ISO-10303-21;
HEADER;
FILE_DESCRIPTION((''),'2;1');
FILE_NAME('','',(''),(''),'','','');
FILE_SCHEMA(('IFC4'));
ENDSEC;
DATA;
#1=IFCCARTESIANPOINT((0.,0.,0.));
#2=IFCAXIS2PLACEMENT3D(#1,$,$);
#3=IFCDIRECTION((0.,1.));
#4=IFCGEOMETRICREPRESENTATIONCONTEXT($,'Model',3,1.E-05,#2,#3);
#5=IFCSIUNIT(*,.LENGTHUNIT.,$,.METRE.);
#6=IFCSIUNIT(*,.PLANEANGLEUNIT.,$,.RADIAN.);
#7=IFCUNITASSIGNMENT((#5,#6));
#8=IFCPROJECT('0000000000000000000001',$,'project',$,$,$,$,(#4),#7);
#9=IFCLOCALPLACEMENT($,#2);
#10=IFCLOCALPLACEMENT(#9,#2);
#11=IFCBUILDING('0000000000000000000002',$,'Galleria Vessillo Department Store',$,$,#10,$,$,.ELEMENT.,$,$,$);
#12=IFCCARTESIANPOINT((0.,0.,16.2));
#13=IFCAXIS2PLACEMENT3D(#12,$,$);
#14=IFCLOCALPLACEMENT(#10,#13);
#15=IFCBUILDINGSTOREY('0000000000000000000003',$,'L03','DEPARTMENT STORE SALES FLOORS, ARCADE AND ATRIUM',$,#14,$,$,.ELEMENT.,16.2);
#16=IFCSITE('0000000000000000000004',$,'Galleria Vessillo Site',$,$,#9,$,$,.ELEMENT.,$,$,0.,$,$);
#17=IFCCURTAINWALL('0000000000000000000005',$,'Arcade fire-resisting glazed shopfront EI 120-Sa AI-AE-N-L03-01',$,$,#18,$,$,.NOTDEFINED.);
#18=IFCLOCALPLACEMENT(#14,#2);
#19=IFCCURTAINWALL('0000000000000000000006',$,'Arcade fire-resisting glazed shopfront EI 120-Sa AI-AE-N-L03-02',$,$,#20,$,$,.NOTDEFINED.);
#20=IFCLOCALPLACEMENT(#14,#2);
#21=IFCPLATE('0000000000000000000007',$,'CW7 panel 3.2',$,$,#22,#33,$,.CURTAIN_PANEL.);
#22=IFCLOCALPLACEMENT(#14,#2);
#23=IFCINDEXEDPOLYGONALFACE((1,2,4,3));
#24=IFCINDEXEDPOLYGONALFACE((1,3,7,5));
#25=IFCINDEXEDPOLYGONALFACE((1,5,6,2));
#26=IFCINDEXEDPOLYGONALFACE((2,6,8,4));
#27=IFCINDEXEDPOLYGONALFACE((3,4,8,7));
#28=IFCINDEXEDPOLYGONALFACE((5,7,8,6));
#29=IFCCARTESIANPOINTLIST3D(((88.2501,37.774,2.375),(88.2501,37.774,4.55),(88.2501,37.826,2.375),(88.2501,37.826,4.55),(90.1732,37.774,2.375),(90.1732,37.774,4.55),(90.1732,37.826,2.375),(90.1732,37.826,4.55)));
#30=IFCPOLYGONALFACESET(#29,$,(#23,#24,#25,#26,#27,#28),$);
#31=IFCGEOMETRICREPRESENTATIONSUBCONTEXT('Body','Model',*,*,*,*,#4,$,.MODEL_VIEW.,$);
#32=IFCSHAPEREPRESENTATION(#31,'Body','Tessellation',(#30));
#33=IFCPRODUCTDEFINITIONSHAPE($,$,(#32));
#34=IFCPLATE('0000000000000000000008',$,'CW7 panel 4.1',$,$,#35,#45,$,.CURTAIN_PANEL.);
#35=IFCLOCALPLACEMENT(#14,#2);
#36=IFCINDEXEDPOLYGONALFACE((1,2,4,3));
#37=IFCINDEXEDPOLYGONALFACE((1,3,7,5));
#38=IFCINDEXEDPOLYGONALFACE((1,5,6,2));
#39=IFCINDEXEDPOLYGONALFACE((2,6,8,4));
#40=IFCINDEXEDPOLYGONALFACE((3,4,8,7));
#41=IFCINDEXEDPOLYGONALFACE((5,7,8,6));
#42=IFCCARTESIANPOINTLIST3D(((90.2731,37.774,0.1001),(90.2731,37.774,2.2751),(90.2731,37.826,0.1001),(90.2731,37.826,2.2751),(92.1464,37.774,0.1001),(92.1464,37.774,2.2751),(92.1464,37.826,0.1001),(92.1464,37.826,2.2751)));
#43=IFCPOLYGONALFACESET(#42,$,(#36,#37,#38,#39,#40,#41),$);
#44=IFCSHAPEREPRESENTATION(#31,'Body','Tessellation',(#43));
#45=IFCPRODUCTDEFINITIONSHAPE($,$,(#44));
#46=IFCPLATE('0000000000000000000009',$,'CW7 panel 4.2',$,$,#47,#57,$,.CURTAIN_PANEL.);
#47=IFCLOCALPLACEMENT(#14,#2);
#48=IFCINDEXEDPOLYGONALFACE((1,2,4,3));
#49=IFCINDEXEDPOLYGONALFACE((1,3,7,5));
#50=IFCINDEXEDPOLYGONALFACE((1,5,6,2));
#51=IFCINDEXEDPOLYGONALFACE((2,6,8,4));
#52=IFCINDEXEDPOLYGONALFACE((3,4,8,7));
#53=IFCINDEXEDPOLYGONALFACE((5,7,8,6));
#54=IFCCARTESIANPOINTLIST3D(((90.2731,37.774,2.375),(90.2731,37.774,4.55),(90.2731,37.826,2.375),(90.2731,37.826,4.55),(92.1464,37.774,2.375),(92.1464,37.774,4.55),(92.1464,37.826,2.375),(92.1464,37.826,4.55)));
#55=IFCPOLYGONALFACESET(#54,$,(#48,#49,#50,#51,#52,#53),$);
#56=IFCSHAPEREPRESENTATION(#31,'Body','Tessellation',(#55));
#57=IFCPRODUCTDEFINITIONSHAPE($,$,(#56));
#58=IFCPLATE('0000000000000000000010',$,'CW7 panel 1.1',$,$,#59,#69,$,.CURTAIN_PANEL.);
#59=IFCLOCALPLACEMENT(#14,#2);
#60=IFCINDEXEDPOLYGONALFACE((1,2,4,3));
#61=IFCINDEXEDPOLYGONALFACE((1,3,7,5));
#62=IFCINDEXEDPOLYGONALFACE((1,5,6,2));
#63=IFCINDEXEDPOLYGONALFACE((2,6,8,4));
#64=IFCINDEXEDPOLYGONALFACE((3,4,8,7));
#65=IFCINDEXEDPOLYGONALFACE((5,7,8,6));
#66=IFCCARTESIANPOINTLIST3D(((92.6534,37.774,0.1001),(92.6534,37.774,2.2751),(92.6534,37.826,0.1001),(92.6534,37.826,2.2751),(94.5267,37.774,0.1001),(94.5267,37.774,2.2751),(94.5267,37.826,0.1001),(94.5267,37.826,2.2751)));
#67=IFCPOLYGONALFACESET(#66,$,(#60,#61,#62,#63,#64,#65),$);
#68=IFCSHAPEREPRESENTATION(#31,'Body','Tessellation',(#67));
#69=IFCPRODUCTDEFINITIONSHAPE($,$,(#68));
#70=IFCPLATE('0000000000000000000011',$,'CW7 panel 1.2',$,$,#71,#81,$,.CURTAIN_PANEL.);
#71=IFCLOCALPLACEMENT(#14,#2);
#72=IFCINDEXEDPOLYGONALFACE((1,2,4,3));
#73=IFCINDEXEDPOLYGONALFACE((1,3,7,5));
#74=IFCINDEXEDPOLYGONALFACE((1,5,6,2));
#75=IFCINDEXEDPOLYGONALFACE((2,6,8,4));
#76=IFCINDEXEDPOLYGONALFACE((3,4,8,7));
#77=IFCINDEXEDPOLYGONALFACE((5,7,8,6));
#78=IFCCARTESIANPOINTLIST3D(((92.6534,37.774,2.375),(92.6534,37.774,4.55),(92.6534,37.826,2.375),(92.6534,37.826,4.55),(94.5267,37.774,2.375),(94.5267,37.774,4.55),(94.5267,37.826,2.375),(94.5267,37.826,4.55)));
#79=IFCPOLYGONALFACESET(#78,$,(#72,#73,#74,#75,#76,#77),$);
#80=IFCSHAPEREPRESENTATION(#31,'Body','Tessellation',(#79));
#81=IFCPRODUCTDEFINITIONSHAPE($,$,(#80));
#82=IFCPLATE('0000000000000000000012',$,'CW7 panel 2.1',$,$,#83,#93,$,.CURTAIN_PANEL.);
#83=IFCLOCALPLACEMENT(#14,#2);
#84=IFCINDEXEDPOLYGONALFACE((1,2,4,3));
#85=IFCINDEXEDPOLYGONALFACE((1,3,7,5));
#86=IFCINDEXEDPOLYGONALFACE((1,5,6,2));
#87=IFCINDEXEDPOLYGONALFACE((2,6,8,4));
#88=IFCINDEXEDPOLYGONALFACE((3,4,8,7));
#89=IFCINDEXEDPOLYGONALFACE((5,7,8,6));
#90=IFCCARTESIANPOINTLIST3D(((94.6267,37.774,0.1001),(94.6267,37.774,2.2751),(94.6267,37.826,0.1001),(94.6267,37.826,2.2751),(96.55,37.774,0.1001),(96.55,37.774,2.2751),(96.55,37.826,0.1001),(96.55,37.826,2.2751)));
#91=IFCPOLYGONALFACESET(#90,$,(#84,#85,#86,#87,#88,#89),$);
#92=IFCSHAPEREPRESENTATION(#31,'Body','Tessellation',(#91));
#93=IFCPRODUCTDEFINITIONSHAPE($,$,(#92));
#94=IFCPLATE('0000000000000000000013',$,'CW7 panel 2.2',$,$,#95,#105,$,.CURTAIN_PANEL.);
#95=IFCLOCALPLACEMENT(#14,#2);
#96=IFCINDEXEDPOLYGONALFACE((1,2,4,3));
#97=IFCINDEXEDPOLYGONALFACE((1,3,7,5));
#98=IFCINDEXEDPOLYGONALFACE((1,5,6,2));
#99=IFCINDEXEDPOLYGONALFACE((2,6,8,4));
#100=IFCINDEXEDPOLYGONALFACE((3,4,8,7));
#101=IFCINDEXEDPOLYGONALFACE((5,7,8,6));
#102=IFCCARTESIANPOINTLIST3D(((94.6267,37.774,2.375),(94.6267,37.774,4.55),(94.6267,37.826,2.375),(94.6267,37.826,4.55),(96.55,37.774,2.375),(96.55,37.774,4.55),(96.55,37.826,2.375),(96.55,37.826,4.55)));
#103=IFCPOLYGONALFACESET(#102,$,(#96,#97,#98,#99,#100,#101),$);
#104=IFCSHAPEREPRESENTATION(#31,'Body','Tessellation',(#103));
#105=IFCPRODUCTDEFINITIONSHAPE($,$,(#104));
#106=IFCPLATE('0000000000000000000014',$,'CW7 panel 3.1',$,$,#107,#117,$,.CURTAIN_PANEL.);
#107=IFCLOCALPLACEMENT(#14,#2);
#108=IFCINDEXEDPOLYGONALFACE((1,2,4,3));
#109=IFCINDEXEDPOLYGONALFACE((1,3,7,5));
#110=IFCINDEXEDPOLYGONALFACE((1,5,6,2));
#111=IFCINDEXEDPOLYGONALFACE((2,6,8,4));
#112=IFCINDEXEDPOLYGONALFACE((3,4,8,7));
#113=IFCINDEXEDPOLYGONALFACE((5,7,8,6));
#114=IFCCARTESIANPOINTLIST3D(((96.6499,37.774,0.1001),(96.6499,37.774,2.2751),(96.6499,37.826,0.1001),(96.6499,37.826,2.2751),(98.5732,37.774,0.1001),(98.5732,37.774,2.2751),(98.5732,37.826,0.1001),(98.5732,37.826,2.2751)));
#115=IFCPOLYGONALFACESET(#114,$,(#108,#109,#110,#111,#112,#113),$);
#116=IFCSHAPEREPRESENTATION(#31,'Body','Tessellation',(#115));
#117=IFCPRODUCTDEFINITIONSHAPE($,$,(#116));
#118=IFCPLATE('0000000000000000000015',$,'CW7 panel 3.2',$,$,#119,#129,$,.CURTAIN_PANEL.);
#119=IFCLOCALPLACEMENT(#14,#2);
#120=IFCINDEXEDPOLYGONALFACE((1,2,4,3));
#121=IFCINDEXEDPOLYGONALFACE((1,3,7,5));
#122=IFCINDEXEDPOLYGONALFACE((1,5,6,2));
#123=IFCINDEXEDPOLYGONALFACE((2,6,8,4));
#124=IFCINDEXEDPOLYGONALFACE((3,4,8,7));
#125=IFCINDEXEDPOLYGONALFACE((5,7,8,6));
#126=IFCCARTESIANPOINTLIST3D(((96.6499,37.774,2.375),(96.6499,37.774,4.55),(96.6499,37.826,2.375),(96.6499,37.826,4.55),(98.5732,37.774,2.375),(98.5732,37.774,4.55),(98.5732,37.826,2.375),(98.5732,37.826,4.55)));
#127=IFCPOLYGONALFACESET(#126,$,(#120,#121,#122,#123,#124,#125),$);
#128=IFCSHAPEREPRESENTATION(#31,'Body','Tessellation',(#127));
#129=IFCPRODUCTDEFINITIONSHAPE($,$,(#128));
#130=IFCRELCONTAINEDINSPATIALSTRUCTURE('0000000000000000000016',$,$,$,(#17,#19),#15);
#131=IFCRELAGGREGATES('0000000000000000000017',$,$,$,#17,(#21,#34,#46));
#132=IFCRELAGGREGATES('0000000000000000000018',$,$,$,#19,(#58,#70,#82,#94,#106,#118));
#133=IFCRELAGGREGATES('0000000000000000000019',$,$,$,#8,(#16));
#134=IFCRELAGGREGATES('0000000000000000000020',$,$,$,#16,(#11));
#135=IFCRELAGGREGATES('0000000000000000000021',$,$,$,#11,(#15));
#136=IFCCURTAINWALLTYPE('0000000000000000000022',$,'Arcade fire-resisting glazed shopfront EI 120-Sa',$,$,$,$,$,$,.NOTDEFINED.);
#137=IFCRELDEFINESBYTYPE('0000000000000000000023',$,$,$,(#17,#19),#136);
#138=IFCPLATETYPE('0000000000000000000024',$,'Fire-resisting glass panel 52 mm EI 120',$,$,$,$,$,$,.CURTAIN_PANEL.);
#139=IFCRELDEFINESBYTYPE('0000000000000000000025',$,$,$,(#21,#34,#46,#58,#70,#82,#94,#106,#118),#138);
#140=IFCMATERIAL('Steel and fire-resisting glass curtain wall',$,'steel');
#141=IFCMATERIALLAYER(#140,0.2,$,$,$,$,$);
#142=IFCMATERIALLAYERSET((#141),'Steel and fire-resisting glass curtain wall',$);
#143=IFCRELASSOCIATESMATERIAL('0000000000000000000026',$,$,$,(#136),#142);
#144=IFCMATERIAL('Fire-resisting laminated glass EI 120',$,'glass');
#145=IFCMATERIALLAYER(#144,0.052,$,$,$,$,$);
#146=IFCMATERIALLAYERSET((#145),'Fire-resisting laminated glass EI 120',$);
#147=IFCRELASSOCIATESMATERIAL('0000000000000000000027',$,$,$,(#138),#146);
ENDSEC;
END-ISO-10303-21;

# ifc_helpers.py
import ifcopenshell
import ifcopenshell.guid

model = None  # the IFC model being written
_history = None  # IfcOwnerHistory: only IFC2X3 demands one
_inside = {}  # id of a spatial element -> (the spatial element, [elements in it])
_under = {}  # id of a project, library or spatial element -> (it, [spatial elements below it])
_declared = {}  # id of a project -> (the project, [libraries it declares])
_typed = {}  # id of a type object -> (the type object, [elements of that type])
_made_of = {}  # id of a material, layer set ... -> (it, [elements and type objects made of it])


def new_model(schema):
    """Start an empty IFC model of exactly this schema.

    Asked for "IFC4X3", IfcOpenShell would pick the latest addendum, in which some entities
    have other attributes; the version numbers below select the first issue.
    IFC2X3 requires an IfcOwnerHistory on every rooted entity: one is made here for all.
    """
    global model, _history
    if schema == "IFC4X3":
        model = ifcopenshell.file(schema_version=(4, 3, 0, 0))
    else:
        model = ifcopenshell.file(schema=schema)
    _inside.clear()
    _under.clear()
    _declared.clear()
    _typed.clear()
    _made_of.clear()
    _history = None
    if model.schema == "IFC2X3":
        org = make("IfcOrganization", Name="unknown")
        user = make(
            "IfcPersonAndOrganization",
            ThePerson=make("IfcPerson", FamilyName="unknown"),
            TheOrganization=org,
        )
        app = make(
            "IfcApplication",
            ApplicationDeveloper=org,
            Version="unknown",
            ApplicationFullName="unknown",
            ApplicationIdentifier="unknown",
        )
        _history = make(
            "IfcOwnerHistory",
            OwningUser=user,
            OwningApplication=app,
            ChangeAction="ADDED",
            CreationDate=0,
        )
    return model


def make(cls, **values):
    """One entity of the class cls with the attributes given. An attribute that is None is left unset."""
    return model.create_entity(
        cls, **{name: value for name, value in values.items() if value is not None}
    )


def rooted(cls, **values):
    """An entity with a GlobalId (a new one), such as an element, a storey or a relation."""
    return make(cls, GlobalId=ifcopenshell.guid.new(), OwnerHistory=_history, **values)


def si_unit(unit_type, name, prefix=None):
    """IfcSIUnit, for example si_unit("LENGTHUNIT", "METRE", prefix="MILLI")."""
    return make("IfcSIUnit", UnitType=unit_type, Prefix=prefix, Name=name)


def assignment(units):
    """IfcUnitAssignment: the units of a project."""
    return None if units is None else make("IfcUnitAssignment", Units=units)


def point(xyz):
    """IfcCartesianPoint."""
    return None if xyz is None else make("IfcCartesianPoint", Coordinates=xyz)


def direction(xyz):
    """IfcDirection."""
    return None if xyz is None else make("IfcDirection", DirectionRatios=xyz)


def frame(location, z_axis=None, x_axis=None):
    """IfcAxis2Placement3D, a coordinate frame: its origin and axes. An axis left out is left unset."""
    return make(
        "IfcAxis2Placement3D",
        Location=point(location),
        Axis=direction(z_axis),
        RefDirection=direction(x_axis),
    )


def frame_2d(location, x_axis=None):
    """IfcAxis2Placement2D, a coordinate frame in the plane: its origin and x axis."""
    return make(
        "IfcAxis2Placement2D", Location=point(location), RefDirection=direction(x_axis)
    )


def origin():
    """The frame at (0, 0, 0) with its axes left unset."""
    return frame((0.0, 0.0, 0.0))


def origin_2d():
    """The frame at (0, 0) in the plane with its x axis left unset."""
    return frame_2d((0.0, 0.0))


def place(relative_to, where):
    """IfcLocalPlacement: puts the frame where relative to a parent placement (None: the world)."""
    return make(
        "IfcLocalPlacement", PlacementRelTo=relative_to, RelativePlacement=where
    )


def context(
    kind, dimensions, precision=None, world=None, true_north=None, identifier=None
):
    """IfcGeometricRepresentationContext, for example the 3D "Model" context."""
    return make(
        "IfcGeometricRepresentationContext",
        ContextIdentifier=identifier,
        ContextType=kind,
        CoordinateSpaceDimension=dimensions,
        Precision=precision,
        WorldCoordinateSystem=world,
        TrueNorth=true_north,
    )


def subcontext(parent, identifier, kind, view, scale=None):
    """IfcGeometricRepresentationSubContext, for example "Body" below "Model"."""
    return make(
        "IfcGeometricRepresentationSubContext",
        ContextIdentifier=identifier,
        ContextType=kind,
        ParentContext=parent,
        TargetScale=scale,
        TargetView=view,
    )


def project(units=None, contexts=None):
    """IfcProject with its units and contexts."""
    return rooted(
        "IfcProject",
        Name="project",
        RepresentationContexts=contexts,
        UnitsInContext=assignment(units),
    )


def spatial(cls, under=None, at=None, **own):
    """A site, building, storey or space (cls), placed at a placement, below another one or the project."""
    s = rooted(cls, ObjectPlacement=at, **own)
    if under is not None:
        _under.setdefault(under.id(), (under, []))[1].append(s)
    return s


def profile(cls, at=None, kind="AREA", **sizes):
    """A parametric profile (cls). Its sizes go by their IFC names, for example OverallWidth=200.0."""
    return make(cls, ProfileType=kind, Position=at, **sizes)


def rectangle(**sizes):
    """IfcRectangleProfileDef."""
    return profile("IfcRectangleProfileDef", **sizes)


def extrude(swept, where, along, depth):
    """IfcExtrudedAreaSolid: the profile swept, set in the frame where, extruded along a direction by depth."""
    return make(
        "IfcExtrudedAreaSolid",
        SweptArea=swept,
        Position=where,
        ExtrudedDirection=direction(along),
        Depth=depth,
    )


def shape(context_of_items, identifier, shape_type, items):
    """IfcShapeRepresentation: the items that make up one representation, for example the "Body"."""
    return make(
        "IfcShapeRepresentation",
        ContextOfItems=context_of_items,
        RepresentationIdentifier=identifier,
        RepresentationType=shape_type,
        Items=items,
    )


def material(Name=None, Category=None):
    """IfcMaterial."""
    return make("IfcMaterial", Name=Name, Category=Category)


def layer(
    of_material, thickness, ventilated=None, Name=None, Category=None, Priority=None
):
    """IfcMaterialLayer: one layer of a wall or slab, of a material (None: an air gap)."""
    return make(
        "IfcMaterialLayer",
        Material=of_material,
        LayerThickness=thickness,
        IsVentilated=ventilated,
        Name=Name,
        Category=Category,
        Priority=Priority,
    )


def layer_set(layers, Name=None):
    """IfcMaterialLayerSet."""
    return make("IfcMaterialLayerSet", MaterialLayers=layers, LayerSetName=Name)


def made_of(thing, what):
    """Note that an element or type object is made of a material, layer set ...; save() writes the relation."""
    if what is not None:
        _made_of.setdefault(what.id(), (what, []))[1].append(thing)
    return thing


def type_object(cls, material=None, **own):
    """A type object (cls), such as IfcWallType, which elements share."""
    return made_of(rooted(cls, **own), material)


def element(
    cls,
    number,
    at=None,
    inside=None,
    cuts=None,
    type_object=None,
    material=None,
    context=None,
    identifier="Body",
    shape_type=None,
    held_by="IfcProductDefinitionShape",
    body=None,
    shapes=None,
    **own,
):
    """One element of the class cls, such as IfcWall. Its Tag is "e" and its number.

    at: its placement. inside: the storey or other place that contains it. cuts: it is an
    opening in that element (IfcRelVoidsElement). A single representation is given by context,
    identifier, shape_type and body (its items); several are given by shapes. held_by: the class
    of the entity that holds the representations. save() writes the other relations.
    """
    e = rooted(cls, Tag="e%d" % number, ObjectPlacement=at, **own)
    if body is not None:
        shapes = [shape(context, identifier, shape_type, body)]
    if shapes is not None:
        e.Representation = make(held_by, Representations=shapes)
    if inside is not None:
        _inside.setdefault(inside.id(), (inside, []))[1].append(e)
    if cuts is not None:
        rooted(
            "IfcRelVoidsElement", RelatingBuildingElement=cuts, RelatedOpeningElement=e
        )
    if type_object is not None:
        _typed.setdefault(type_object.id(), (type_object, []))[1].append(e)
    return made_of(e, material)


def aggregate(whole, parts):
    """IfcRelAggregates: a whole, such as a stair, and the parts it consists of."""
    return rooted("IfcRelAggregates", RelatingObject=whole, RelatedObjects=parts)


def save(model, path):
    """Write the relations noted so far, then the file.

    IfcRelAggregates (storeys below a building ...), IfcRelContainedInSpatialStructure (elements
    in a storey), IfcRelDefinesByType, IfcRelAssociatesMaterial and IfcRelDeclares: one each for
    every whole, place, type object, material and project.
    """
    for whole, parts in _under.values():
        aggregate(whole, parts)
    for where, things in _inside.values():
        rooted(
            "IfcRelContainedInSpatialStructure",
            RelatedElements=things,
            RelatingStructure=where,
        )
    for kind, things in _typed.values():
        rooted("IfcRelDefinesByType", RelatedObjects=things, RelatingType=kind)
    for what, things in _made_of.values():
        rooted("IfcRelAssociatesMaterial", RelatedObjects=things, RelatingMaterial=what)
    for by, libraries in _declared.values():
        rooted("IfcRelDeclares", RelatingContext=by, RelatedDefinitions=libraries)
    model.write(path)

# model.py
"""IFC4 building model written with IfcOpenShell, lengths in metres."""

from ifc_helpers import new_model, si_unit, direction, frame, origin, origin_2d, place, context, subcontext, project, spatial, rectangle, extrude, material, layer, layer_set, type_object, element, aggregate, save


model = new_model("IFC4")

# Units and contexts
model_context = context("Model", 3, precision=1e-05, world=origin(), true_north=direction((0.0, 1.0)))
body_context = subcontext(model_context, "Body", "Model", "MODEL_VIEW")
ifc_project = project(units=[si_unit("LENGTHUNIT", "METRE"), si_unit("PLANEANGLEUNIT", "RADIAN")], contexts=[model_context])

# Site, building, storey
site_placement = place(None, origin())
site = spatial("IfcSite", under=ifc_project, at=site_placement, Name="Galleria Vessillo Site", CompositionType="ELEMENT", RefElevation=0.0)
building_placement = place(site_placement, origin())
building = spatial("IfcBuilding", under=site, at=building_placement, Name="Galleria Vessillo Department Store", CompositionType="ELEMENT")
storey_placement = place(building_placement, frame((0.0, 0.0, 16.2)))
storey = spatial("IfcBuildingStorey", under=building, at=storey_placement, Name="L03", Description="DEPARTMENT STORE SALES FLOORS, ARCADE AND ATRIUM", CompositionType="ELEMENT", Elevation=16.2)

# Curtain walls
ifc_material_1 = material(Name="Steel and fire-resisting glass curtain wall", Category="steel")
ifc_layer_1 = layer(ifc_material_1, 0.2)
ifc_layer_set_1 = layer_set([ifc_layer_1], Name="Steel and fire-resisting glass curtain wall")
curtain_wall_type = type_object("IfcCurtainWallType", Name="Arcade fire-resisting glazed shopfront EI 120-Sa", PredefinedType="NOTDEFINED", material=ifc_layer_set_1)
curtain_wall_1_placement = place(storey_placement, origin())
curtain_wall_1 = element("IfcCurtainWall", 1, at=curtain_wall_1_placement, inside=storey, type_object=curtain_wall_type, Name="Arcade fire-resisting glazed shopfront EI 120-Sa AI-AE-N-L03-01", PredefinedType="NOTDEFINED")
curtain_wall_2_placement = place(storey_placement, origin())
curtain_wall_2 = element("IfcCurtainWall", 2, at=curtain_wall_2_placement, inside=storey, type_object=curtain_wall_type, Name="Arcade fire-resisting glazed shopfront EI 120-Sa AI-AE-N-L03-02", PredefinedType="NOTDEFINED")

# Plates
ifc_material_2 = material(Name="Fire-resisting laminated glass EI 120", Category="glass")
ifc_layer_2 = layer(ifc_material_2, 0.052)
ifc_layer_set_2 = layer_set([ifc_layer_2], Name="Fire-resisting laminated glass EI 120")
plate_type = type_object("IfcPlateType", Name="Fire-resisting glass panel 52 mm EI 120", PredefinedType="CURTAIN_PANEL", material=ifc_layer_set_2)
plate_1_placement = place(storey_placement, frame((89.2117, 37.8, 2.375), z_axis=(0.0, 0.0, 1.0), x_axis=(1.0, 0.0, 0.0)))
plate_1 = element("IfcPlate", 3, at=plate_1_placement, type_object=plate_type, Name="CW7 panel 3.2", PredefinedType="CURTAIN_PANEL", context=body_context, shape_type="SweptSolid", body=[
    extrude(rectangle(XDim=1.9231, YDim=0.052, at=origin_2d()), origin(), (0.0, 0.0, 1.0), 2.175),
])
plate_2_placement = place(storey_placement, frame((91.2097, 37.8, 0.1001), z_axis=(0.0, 0.0, 1.0), x_axis=(1.0, 0.0, 0.0)))
plate_2 = element("IfcPlate", 4, at=plate_2_placement, type_object=plate_type, Name="CW7 panel 4.1", PredefinedType="CURTAIN_PANEL", context=body_context, shape_type="SweptSolid", body=[
    extrude(rectangle(XDim=1.8733, YDim=0.052, at=origin_2d()), origin(), (0.0, 0.0, 1.0), 2.175),
])
plate_3_placement = place(storey_placement, frame((91.2097, 37.8, 2.375), z_axis=(0.0, 0.0, 1.0), x_axis=(1.0, 0.0, 0.0)))
plate_3 = element("IfcPlate", 5, at=plate_3_placement, type_object=plate_type, Name="CW7 panel 4.2", PredefinedType="CURTAIN_PANEL", context=body_context, shape_type="SweptSolid", body=[
    extrude(rectangle(XDim=1.8733, YDim=0.052, at=origin_2d()), origin(), (0.0, 0.0, 1.0), 2.175),
])
aggregate(curtain_wall_1, [plate_1, plate_2, plate_3])
plate_4_placement = place(storey_placement, frame((93.5901, 37.8, 0.1001), z_axis=(0.0, 0.0, 1.0), x_axis=(1.0, 0.0, 0.0)))
plate_4 = element("IfcPlate", 6, at=plate_4_placement, type_object=plate_type, Name="CW7 panel 1.1", PredefinedType="CURTAIN_PANEL", context=body_context, shape_type="SweptSolid", body=[
    extrude(rectangle(XDim=1.8733, YDim=0.052, at=origin_2d()), origin(), (0.0, 0.0, 1.0), 2.175),
])
plate_5_placement = place(storey_placement, frame((93.5901, 37.8, 2.375), z_axis=(0.0, 0.0, 1.0), x_axis=(1.0, 0.0, 0.0)))
plate_5 = element("IfcPlate", 7, at=plate_5_placement, type_object=plate_type, Name="CW7 panel 1.2", PredefinedType="CURTAIN_PANEL", context=body_context, shape_type="SweptSolid", body=[
    extrude(rectangle(XDim=1.8733, YDim=0.052, at=origin_2d()), origin(), (0.0, 0.0, 1.0), 2.175),
])
plate_6_placement = place(storey_placement, frame((95.5884, 37.8, 0.1001), z_axis=(0.0, 0.0, 1.0), x_axis=(1.0, 0.0, 0.0)))
plate_6 = element("IfcPlate", 8, at=plate_6_placement, type_object=plate_type, Name="CW7 panel 2.1", PredefinedType="CURTAIN_PANEL", context=body_context, shape_type="SweptSolid", body=[
    extrude(rectangle(XDim=1.9233, YDim=0.052, at=origin_2d()), origin(), (0.0, 0.0, 1.0), 2.175),
])
plate_7_placement = place(storey_placement, frame((95.5884, 37.8, 2.375), z_axis=(0.0, 0.0, 1.0), x_axis=(1.0, 0.0, 0.0)))
plate_7 = element("IfcPlate", 9, at=plate_7_placement, type_object=plate_type, Name="CW7 panel 2.2", PredefinedType="CURTAIN_PANEL", context=body_context, shape_type="SweptSolid", body=[
    extrude(rectangle(XDim=1.9233, YDim=0.052, at=origin_2d()), origin(), (0.0, 0.0, 1.0), 2.175),
])
plate_8_placement = place(storey_placement, frame((97.6116, 37.8, 0.1001), z_axis=(0.0, 0.0, 1.0), x_axis=(1.0, 0.0, 0.0)))
plate_8 = element("IfcPlate", 10, at=plate_8_placement, type_object=plate_type, Name="CW7 panel 3.1", PredefinedType="CURTAIN_PANEL", context=body_context, shape_type="SweptSolid", body=[
    extrude(rectangle(XDim=1.9233, YDim=0.052, at=origin_2d()), origin(), (0.0, 0.0, 1.0), 2.175),
])
plate_9_placement = place(storey_placement, frame((97.6116, 37.8, 2.375), z_axis=(0.0, 0.0, 1.0), x_axis=(1.0, 0.0, 0.0)))
plate_9 = element("IfcPlate", 11, at=plate_9_placement, type_object=plate_type, Name="CW7 panel 3.2", PredefinedType="CURTAIN_PANEL", context=body_context, shape_type="SweptSolid", body=[
    extrude(rectangle(XDim=1.9233, YDim=0.052, at=origin_2d()), origin(), (0.0, 0.0, 1.0), 2.175),
])
aggregate(curtain_wall_2, [plate_4, plate_5, plate_6, plate_7, plate_8, plate_9])

save(model, "model.ifc")
